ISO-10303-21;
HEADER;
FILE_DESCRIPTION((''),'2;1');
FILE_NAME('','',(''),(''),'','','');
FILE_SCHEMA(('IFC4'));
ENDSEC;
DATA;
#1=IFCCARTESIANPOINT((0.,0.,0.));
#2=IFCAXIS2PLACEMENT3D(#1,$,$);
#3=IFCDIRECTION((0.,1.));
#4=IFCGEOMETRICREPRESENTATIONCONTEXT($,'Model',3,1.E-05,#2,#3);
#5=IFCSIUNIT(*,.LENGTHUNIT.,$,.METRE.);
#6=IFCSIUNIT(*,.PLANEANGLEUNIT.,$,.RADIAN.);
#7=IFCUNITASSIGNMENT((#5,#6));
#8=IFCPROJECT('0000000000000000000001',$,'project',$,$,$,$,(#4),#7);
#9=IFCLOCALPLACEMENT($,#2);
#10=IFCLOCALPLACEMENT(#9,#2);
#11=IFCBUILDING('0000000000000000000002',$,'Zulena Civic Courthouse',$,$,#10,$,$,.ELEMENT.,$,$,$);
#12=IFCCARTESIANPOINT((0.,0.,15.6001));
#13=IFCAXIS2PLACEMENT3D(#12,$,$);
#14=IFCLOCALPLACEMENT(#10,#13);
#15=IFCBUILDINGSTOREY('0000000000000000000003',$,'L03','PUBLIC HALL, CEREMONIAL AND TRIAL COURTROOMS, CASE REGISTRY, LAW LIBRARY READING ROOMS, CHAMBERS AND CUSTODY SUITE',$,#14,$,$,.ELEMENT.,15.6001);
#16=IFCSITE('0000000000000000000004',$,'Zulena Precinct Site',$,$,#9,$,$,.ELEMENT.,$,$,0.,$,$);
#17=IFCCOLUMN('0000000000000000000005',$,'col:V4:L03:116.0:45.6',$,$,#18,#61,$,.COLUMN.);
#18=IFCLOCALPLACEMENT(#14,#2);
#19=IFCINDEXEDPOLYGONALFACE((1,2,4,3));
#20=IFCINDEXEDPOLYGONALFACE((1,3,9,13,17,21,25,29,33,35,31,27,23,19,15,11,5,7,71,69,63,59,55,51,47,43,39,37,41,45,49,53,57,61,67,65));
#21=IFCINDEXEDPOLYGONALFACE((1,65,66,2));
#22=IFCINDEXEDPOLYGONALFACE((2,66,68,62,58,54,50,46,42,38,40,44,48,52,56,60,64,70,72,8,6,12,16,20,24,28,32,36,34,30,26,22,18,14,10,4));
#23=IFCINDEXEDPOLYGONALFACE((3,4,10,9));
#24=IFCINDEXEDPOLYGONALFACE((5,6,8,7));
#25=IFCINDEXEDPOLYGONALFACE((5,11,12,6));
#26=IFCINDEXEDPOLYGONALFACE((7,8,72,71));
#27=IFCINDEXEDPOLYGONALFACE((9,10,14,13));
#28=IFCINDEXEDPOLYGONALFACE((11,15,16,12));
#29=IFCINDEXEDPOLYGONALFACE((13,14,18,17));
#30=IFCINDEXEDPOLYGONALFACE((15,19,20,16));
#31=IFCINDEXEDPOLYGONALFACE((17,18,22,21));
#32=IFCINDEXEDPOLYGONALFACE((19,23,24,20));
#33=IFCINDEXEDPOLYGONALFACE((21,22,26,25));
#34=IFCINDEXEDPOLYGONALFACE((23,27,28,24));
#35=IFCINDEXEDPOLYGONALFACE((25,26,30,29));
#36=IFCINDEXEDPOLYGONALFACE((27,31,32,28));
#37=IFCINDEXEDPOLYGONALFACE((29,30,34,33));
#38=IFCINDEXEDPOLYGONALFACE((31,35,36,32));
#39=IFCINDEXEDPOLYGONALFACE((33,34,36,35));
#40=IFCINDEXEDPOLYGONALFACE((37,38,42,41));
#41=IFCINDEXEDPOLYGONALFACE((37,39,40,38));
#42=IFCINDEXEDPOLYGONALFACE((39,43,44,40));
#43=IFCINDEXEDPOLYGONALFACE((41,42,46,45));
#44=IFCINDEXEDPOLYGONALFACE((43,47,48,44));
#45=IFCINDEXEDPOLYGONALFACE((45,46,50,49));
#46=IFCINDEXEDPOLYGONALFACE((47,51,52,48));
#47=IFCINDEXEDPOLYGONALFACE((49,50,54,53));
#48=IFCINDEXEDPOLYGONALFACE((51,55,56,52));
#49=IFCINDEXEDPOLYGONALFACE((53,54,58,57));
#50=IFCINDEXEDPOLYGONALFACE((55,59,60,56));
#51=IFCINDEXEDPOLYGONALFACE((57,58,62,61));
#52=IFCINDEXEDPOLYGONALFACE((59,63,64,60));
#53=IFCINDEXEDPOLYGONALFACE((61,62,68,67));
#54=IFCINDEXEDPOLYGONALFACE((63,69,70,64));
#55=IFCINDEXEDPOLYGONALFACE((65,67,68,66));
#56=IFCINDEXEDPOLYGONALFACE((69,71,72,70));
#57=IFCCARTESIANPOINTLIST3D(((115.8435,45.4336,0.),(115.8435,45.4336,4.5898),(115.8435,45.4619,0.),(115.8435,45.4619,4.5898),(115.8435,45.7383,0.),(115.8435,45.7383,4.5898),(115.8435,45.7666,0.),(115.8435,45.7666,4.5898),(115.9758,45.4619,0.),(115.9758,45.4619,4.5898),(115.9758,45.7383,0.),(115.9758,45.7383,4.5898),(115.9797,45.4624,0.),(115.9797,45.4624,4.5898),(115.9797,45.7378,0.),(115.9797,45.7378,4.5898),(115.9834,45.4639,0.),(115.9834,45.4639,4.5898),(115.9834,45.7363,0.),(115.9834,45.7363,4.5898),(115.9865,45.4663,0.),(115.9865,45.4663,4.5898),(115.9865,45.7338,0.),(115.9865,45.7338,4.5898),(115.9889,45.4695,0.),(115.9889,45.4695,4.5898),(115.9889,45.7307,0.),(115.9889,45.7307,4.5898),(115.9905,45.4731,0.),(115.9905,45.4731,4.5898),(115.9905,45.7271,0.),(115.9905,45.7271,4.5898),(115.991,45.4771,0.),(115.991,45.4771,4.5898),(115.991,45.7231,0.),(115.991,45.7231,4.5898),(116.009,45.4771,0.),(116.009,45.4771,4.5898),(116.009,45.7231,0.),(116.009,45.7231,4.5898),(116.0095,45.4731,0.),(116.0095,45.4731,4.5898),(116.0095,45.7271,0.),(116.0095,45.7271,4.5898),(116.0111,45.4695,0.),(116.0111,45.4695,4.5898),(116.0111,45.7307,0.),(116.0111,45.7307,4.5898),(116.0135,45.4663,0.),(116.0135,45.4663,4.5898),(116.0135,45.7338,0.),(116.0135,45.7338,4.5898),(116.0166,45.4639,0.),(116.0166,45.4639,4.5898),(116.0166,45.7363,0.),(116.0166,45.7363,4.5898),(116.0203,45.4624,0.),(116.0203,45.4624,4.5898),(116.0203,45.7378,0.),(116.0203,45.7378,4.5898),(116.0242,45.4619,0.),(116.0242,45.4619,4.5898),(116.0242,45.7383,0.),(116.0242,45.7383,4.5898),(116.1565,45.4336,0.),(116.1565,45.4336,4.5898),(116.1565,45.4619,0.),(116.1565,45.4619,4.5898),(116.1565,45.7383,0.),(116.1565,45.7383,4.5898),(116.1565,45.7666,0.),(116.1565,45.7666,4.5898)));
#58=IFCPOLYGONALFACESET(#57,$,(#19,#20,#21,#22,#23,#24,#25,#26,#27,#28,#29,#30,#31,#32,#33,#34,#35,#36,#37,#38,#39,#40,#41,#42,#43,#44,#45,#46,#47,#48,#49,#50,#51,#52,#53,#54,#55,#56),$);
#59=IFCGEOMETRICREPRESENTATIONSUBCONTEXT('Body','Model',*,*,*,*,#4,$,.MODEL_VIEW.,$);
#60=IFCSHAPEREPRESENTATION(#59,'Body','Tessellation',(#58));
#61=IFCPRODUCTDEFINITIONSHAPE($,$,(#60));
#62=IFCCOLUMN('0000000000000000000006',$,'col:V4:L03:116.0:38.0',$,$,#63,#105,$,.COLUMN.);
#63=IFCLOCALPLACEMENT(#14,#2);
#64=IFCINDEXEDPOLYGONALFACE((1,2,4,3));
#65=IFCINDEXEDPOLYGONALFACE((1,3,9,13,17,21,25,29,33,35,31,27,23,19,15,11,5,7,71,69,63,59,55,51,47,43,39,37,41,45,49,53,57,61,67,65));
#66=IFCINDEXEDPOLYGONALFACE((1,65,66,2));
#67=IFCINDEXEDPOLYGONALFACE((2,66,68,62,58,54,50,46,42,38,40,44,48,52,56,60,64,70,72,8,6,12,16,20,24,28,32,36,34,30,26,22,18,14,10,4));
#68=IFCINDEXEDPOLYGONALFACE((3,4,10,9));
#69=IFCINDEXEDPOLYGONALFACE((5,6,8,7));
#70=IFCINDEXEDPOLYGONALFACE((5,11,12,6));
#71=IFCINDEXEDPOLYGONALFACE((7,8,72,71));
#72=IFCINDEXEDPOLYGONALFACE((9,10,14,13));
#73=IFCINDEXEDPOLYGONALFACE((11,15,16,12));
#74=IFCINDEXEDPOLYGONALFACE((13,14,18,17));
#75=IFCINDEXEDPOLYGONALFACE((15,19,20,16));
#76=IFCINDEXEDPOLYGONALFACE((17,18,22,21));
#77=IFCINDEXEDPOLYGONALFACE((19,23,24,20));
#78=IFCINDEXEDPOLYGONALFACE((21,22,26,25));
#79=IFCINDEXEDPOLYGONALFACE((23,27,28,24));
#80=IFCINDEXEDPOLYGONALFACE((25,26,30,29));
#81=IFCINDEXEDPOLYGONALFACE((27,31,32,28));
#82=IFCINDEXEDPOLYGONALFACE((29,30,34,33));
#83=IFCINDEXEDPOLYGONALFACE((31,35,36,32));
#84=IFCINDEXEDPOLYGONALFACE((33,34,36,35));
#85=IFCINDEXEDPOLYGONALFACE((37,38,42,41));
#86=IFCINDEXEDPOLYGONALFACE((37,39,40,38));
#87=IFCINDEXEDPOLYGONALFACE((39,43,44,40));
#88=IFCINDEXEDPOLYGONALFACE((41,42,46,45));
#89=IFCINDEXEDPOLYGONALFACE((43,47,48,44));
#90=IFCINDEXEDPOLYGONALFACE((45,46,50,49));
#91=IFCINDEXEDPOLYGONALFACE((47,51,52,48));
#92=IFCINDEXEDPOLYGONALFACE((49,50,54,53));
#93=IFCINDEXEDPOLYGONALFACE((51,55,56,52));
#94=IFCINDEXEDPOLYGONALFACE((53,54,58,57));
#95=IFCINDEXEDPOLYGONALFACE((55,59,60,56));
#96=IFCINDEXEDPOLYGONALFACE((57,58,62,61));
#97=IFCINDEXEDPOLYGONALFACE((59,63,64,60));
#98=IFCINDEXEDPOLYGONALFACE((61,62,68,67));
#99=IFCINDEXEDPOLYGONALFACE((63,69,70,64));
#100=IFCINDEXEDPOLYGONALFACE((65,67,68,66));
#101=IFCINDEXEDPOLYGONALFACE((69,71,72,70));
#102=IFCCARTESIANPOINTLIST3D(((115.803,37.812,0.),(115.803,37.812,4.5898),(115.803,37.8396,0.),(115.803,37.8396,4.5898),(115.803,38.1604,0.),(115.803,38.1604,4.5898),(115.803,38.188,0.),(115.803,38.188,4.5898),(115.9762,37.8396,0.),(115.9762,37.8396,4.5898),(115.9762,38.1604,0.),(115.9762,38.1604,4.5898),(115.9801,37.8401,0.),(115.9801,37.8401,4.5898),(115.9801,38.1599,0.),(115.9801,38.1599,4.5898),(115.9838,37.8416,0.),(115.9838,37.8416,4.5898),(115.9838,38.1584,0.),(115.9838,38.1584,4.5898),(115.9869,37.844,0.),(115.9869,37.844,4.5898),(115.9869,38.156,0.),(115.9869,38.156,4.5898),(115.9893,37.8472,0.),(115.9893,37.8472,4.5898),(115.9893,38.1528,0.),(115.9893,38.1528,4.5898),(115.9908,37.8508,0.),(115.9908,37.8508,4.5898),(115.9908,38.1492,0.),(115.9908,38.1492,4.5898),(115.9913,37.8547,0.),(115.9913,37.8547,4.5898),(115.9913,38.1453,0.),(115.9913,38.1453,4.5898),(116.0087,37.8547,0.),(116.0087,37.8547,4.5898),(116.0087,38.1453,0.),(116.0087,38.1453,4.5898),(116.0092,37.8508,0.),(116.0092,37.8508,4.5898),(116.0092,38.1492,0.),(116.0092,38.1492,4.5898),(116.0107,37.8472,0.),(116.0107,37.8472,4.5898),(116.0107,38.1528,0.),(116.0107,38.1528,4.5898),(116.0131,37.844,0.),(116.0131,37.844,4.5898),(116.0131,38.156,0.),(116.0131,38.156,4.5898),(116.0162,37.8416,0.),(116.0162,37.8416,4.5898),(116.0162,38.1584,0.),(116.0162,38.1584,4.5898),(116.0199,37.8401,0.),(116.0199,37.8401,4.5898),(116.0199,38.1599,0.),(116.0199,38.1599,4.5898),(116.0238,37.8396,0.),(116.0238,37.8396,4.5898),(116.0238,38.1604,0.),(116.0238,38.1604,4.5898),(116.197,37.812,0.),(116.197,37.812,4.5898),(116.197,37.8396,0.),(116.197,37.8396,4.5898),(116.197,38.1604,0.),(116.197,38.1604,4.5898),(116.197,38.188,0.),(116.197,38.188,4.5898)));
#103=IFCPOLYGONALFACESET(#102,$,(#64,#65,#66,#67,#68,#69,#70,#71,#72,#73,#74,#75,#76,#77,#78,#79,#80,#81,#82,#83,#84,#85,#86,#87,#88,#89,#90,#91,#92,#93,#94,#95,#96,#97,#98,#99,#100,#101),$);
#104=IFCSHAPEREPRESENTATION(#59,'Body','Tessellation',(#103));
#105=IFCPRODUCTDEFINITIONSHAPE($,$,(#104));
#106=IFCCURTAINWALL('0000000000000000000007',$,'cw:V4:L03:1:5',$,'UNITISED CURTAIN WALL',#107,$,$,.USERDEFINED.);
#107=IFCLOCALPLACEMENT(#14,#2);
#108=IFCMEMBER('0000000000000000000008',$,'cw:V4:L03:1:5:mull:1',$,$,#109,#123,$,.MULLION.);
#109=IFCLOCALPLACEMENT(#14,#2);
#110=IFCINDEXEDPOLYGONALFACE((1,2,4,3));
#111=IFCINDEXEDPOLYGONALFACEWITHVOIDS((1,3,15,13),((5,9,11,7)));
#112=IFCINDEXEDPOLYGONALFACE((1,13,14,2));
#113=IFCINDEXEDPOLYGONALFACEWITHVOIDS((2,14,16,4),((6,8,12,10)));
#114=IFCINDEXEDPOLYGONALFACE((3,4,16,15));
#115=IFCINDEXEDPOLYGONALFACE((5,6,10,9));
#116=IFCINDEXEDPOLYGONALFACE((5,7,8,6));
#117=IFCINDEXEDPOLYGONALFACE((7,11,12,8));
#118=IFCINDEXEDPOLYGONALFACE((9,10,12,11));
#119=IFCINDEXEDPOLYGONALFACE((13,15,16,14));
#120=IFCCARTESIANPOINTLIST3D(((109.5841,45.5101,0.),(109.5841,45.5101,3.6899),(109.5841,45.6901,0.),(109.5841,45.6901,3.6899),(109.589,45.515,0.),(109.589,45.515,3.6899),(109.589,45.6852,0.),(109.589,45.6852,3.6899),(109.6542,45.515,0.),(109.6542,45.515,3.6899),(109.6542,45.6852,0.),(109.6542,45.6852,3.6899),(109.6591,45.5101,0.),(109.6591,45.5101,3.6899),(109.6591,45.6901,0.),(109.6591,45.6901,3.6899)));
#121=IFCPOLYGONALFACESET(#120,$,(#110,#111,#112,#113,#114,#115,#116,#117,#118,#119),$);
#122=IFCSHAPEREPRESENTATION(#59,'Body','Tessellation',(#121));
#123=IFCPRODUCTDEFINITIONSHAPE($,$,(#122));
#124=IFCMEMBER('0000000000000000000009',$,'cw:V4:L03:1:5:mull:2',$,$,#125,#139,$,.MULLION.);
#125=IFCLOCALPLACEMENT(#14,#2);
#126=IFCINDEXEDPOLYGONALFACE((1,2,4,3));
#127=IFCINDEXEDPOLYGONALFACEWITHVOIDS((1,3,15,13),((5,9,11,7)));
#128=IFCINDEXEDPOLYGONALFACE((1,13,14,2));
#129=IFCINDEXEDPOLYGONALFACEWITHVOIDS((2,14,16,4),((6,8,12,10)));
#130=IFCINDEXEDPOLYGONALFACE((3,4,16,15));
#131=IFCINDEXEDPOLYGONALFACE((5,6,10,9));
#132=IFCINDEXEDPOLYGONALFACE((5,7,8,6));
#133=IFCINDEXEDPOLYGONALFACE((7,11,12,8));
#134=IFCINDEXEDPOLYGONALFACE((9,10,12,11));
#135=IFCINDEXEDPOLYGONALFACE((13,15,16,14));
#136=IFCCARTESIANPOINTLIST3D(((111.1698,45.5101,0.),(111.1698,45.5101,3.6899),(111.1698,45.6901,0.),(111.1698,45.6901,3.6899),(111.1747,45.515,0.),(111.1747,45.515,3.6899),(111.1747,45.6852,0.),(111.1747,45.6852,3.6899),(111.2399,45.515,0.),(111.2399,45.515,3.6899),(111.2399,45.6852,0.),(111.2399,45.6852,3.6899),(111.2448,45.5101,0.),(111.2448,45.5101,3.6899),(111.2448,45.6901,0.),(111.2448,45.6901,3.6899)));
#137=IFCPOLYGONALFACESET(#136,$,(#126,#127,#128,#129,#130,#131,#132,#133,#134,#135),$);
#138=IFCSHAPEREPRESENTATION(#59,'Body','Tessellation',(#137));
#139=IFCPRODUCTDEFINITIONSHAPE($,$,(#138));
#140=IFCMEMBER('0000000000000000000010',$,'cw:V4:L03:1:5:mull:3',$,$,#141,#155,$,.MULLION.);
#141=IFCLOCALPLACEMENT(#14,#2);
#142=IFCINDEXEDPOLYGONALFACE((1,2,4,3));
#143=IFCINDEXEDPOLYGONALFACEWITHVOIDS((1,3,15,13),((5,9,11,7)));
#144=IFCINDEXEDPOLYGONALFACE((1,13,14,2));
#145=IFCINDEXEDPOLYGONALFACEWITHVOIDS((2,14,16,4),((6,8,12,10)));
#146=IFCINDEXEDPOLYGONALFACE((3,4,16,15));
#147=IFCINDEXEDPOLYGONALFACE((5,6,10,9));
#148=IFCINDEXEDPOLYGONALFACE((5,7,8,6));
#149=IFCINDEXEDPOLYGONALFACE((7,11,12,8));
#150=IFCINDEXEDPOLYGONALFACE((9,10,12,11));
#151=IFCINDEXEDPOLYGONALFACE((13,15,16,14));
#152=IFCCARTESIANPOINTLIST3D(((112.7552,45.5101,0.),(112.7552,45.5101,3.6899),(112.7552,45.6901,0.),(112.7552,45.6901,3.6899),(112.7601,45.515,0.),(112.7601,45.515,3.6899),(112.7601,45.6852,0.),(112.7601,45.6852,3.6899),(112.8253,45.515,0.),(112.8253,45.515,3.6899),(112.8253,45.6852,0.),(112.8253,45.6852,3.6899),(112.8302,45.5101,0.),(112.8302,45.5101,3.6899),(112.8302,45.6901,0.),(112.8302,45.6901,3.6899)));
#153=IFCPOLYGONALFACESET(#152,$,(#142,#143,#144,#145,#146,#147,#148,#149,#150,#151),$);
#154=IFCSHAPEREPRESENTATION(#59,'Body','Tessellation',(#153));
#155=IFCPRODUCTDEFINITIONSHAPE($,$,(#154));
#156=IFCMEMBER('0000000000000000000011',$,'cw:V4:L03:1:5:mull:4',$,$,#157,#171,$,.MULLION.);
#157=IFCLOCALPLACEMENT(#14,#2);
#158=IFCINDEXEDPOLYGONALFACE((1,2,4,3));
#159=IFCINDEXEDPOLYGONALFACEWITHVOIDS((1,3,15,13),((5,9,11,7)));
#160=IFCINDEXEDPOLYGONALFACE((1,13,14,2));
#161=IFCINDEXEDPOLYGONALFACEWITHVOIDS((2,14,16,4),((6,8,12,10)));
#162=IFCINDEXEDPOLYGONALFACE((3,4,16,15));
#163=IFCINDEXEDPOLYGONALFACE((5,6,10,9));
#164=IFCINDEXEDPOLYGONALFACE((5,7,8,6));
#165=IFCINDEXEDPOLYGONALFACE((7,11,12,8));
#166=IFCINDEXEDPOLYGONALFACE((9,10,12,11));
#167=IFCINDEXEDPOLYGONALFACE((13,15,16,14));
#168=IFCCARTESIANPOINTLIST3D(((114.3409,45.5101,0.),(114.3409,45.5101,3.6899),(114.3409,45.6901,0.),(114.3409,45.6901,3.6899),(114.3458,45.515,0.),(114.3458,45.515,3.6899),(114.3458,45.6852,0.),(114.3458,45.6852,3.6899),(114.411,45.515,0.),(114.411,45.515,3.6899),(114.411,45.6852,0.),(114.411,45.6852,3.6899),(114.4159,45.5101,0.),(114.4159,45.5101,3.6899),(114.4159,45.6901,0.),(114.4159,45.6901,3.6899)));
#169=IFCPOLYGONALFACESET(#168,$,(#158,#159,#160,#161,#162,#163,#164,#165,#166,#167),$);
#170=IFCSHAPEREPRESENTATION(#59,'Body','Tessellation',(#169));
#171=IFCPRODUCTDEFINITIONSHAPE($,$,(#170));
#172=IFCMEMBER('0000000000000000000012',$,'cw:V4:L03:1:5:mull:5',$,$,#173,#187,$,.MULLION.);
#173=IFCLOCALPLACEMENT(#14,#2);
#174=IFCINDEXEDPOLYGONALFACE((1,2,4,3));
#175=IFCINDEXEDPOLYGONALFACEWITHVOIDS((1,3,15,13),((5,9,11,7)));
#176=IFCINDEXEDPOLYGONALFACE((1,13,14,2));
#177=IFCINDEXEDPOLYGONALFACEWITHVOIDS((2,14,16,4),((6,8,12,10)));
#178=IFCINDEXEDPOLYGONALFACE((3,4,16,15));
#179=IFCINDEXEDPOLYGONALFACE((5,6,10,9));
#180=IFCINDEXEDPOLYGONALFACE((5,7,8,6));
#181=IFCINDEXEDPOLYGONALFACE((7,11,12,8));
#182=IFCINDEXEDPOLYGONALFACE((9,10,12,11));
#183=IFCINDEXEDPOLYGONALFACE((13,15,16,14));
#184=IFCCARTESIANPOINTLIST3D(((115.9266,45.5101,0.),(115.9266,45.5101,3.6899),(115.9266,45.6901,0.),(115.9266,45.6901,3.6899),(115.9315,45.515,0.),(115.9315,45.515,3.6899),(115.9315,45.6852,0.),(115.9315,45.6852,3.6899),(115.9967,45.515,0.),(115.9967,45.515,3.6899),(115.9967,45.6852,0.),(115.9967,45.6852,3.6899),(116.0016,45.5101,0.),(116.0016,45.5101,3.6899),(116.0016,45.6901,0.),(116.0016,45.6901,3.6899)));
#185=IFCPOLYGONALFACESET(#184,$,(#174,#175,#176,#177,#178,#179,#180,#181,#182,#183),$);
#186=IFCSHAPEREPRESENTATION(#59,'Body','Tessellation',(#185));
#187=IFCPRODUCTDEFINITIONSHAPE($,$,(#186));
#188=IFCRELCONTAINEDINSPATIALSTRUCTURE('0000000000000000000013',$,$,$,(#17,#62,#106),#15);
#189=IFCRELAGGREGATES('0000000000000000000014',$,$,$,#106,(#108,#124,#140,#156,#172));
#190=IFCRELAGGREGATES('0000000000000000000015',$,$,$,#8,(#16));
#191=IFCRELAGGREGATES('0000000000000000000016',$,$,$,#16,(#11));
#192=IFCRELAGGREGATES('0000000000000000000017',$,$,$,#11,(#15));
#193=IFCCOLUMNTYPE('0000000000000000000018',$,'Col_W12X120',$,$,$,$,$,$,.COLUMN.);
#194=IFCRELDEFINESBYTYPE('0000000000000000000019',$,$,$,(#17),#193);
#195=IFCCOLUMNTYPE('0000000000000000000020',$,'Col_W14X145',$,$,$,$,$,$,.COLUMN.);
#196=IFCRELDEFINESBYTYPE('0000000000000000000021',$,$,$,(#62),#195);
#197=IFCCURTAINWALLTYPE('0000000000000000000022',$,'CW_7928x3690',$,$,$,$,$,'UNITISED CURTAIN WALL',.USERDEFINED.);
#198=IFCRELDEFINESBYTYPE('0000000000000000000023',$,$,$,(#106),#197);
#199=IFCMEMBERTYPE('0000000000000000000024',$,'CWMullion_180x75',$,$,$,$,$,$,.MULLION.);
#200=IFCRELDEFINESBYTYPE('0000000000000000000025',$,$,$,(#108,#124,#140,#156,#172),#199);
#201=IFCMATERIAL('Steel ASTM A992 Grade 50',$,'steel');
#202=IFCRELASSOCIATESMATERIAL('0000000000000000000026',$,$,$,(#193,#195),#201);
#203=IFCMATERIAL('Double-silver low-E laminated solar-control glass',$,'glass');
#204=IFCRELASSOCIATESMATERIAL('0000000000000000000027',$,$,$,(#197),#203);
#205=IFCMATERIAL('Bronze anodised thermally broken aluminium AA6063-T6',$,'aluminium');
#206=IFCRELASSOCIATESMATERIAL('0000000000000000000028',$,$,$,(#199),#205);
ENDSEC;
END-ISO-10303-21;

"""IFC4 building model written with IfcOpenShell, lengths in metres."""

from ifc_helpers import new_model, si_unit, direction, frame, origin, origin_2d, place, context, subcontext, project, spatial, hollow_rectangle, i_section, extrude, material, material_profile, profile_set, type_object, element, aggregate, save


model = new_model("IFC4")

# Units and contexts
model_context = context("Model", 3, precision=1e-05, world=origin(), true_north=direction((0.0, 1.0)))
body_context = subcontext(model_context, "Body", "Model", "MODEL_VIEW")
ifc_project = project(units=[si_unit("LENGTHUNIT", "METRE"), si_unit("PLANEANGLEUNIT", "RADIAN")], contexts=[model_context])

# Site, building, storey
site_placement = place(None, origin())
site = spatial("IfcSite", under=ifc_project, at=site_placement, Name="Zulena Precinct Site", CompositionType="ELEMENT", RefElevation=0.0)
building_placement = place(site_placement, origin())
building = spatial("IfcBuilding", under=site, at=building_placement, Name="Zulena Civic Courthouse", CompositionType="ELEMENT")
storey_placement = place(building_placement, frame((0.0, 0.0, 15.6001)))
storey = spatial("IfcBuildingStorey", under=building, at=storey_placement, Name="L03", Description="PUBLIC HALL, CEREMONIAL AND TRIAL COURTROOMS, CASE REGISTRY, LAW LIBRARY READING ROOMS, CHAMBERS AND CUSTODY SUITE", CompositionType="ELEMENT", Elevation=15.6001)

# Columns
ifc_material_1 = material(Name="Steel ASTM A992 Grade 50", Category="steel")
ifc_material_profile_1 = material_profile(ifc_material_1, i_section(OverallWidth=0.313, OverallDepth=0.333, WebThickness=0.0181, FlangeThickness=0.0283, FilletRadius=0.0151, at=origin_2d()), Name="W12X120")
ifc_profile_set_1 = profile_set([ifc_material_profile_1], Name="Steel ASTM A992 Grade 50")
column_type_1 = type_object("IfcColumnType", Name="Col_W12X120", PredefinedType="COLUMN", material=ifc_profile_set_1)
column_1_placement = place(storey_placement, frame((116.0, 45.6001, 0.0), z_axis=(0.0, 0.0, 1.0), x_axis=(1.0, 0.0, 0.0)))
element("IfcColumn", 1, at=column_1_placement, inside=storey, type_object=column_type_1, Name="col:V4:L03:116.0:45.6", PredefinedType="COLUMN", context=body_context, shape_type="SweptSolid", body=[
    extrude(i_section(OverallWidth=0.313, OverallDepth=0.333, WebThickness=0.0181, FlangeThickness=0.0283, FilletRadius=0.0151, at=origin_2d()), origin(), (0.0, 0.0, 1.0), 4.5898),
])
ifc_material_profile_2 = material_profile(ifc_material_1, i_section(OverallWidth=0.394, OverallDepth=0.376, WebThickness=0.0173, FlangeThickness=0.0276, FilletRadius=0.0151, at=origin_2d()), Name="W14X145")
ifc_profile_set_2 = profile_set([ifc_material_profile_2], Name="Steel ASTM A992 Grade 50")
column_type_2 = type_object("IfcColumnType", Name="Col_W14X145", PredefinedType="COLUMN", material=ifc_profile_set_2)
column_2_placement = place(storey_placement, frame((116.0, 38.0, 0.0), z_axis=(0.0, 0.0, 1.0), x_axis=(1.0, 0.0, 0.0)))
element("IfcColumn", 2, at=column_2_placement, inside=storey, type_object=column_type_2, Name="col:V4:L03:116.0:38.0", PredefinedType="COLUMN", context=body_context, shape_type="SweptSolid", body=[
    extrude(i_section(OverallWidth=0.394, OverallDepth=0.376, WebThickness=0.0173, FlangeThickness=0.0276, FilletRadius=0.0151, at=origin_2d()), origin(), (0.0, 0.0, 1.0), 4.5898),
])

# Curtain wall, members
ifc_material_2 = material(Name="Double-silver low-E laminated solar-control glass", Category="glass")
curtain_wall_type = type_object("IfcCurtainWallType", Name="CW_7928x3690", ElementType="UNITISED CURTAIN WALL", PredefinedType="USERDEFINED", material=ifc_material_2)
curtain_wall_1_placement = place(storey_placement, origin())
curtain_wall_1 = element("IfcCurtainWall", 3, at=curtain_wall_1_placement, inside=storey, type_object=curtain_wall_type, Name="cw:V4:L03:1:5", ObjectType="UNITISED CURTAIN WALL", PredefinedType="USERDEFINED")
ifc_material_3 = material(Name="Bronze anodised thermally broken aluminium AA6063-T6", Category="aluminium")
ifc_material_profile_3 = material_profile(ifc_material_3, hollow_rectangle(XDim=0.075, YDim=0.1799, WallThickness=0.0049, at=origin_2d()), Name="CWM180X75X5")
ifc_profile_set_3 = profile_set([ifc_material_profile_3], Name="Bronze anodised thermally broken aluminium AA6063-T6")
member_type_1 = type_object("IfcMemberType", Name="CWMullion_180x75", PredefinedType="MULLION", material=ifc_profile_set_3)
member_1_placement = place(storey_placement, frame((109.6216, 45.6001, 0.0), z_axis=(0.0, 0.0, 1.0), x_axis=(1.0, 0.0, 0.0)))
member_1 = element("IfcMember", 4, at=member_1_placement, type_object=member_type_1, Name="cw:V4:L03:1:5:mull:1", PredefinedType="MULLION", context=body_context, shape_type="SweptSolid", body=[
    extrude(hollow_rectangle(XDim=0.075, YDim=0.1799, WallThickness=0.0049, at=origin_2d()), origin(), (0.0, 0.0, 1.0), 3.6899),
])
member_2_placement = place(storey_placement, frame((111.2073, 45.6001, 0.0), z_axis=(0.0, 0.0, 1.0), x_axis=(1.0, 0.0, 0.0)))
member_2 = element("IfcMember", 5, at=member_2_placement, type_object=member_type_1, Name="cw:V4:L03:1:5:mull:2", PredefinedType="MULLION", context=body_context, shape_type="SweptSolid", body=[
    extrude(hollow_rectangle(XDim=0.075, YDim=0.1799, WallThickness=0.0049, at=origin_2d()), origin(), (0.0, 0.0, 1.0), 3.6899),
])
member_3_placement = place(storey_placement, frame((112.7927, 45.6001, 0.0), z_axis=(0.0, 0.0, 1.0), x_axis=(1.0, 0.0, 0.0)))
member_3 = element("IfcMember", 6, at=member_3_placement, type_object=member_type_1, Name="cw:V4:L03:1:5:mull:3", PredefinedType="MULLION", context=body_context, shape_type="SweptSolid", body=[
    extrude(hollow_rectangle(XDim=0.075, YDim=0.1799, WallThickness=0.0049, at=origin_2d()), origin(), (0.0, 0.0, 1.0), 3.6899),
])
member_4_placement = place(storey_placement, frame((114.3784, 45.6001, 0.0), z_axis=(0.0, 0.0, 1.0), x_axis=(1.0, 0.0, 0.0)))
member_4 = element("IfcMember", 7, at=member_4_placement, type_object=member_type_1, Name="cw:V4:L03:1:5:mull:4", PredefinedType="MULLION", context=body_context, shape_type="SweptSolid", body=[
    extrude(hollow_rectangle(XDim=0.075, YDim=0.1799, WallThickness=0.0049, at=origin_2d()), origin(), (0.0, 0.0, 1.0), 3.6899),
])
member_5_placement = place(storey_placement, frame((115.9641, 45.6001, 0.0), z_axis=(0.0, 0.0, 1.0), x_axis=(1.0, 0.0, 0.0)))
member_5 = element("IfcMember", 8, at=member_5_placement, type_object=member_type_1, Name="cw:V4:L03:1:5:mull:5", PredefinedType="MULLION", context=body_context, shape_type="SweptSolid", body=[
    extrude(hollow_rectangle(XDim=0.075, YDim=0.1799, WallThickness=0.0049, at=origin_2d()), origin(), (0.0, 0.0, 1.0), 3.6899),
])

aggregate(curtain_wall_1, [member_1, member_2, member_3, member_4, member_5])

save(model, "model.ifc")
